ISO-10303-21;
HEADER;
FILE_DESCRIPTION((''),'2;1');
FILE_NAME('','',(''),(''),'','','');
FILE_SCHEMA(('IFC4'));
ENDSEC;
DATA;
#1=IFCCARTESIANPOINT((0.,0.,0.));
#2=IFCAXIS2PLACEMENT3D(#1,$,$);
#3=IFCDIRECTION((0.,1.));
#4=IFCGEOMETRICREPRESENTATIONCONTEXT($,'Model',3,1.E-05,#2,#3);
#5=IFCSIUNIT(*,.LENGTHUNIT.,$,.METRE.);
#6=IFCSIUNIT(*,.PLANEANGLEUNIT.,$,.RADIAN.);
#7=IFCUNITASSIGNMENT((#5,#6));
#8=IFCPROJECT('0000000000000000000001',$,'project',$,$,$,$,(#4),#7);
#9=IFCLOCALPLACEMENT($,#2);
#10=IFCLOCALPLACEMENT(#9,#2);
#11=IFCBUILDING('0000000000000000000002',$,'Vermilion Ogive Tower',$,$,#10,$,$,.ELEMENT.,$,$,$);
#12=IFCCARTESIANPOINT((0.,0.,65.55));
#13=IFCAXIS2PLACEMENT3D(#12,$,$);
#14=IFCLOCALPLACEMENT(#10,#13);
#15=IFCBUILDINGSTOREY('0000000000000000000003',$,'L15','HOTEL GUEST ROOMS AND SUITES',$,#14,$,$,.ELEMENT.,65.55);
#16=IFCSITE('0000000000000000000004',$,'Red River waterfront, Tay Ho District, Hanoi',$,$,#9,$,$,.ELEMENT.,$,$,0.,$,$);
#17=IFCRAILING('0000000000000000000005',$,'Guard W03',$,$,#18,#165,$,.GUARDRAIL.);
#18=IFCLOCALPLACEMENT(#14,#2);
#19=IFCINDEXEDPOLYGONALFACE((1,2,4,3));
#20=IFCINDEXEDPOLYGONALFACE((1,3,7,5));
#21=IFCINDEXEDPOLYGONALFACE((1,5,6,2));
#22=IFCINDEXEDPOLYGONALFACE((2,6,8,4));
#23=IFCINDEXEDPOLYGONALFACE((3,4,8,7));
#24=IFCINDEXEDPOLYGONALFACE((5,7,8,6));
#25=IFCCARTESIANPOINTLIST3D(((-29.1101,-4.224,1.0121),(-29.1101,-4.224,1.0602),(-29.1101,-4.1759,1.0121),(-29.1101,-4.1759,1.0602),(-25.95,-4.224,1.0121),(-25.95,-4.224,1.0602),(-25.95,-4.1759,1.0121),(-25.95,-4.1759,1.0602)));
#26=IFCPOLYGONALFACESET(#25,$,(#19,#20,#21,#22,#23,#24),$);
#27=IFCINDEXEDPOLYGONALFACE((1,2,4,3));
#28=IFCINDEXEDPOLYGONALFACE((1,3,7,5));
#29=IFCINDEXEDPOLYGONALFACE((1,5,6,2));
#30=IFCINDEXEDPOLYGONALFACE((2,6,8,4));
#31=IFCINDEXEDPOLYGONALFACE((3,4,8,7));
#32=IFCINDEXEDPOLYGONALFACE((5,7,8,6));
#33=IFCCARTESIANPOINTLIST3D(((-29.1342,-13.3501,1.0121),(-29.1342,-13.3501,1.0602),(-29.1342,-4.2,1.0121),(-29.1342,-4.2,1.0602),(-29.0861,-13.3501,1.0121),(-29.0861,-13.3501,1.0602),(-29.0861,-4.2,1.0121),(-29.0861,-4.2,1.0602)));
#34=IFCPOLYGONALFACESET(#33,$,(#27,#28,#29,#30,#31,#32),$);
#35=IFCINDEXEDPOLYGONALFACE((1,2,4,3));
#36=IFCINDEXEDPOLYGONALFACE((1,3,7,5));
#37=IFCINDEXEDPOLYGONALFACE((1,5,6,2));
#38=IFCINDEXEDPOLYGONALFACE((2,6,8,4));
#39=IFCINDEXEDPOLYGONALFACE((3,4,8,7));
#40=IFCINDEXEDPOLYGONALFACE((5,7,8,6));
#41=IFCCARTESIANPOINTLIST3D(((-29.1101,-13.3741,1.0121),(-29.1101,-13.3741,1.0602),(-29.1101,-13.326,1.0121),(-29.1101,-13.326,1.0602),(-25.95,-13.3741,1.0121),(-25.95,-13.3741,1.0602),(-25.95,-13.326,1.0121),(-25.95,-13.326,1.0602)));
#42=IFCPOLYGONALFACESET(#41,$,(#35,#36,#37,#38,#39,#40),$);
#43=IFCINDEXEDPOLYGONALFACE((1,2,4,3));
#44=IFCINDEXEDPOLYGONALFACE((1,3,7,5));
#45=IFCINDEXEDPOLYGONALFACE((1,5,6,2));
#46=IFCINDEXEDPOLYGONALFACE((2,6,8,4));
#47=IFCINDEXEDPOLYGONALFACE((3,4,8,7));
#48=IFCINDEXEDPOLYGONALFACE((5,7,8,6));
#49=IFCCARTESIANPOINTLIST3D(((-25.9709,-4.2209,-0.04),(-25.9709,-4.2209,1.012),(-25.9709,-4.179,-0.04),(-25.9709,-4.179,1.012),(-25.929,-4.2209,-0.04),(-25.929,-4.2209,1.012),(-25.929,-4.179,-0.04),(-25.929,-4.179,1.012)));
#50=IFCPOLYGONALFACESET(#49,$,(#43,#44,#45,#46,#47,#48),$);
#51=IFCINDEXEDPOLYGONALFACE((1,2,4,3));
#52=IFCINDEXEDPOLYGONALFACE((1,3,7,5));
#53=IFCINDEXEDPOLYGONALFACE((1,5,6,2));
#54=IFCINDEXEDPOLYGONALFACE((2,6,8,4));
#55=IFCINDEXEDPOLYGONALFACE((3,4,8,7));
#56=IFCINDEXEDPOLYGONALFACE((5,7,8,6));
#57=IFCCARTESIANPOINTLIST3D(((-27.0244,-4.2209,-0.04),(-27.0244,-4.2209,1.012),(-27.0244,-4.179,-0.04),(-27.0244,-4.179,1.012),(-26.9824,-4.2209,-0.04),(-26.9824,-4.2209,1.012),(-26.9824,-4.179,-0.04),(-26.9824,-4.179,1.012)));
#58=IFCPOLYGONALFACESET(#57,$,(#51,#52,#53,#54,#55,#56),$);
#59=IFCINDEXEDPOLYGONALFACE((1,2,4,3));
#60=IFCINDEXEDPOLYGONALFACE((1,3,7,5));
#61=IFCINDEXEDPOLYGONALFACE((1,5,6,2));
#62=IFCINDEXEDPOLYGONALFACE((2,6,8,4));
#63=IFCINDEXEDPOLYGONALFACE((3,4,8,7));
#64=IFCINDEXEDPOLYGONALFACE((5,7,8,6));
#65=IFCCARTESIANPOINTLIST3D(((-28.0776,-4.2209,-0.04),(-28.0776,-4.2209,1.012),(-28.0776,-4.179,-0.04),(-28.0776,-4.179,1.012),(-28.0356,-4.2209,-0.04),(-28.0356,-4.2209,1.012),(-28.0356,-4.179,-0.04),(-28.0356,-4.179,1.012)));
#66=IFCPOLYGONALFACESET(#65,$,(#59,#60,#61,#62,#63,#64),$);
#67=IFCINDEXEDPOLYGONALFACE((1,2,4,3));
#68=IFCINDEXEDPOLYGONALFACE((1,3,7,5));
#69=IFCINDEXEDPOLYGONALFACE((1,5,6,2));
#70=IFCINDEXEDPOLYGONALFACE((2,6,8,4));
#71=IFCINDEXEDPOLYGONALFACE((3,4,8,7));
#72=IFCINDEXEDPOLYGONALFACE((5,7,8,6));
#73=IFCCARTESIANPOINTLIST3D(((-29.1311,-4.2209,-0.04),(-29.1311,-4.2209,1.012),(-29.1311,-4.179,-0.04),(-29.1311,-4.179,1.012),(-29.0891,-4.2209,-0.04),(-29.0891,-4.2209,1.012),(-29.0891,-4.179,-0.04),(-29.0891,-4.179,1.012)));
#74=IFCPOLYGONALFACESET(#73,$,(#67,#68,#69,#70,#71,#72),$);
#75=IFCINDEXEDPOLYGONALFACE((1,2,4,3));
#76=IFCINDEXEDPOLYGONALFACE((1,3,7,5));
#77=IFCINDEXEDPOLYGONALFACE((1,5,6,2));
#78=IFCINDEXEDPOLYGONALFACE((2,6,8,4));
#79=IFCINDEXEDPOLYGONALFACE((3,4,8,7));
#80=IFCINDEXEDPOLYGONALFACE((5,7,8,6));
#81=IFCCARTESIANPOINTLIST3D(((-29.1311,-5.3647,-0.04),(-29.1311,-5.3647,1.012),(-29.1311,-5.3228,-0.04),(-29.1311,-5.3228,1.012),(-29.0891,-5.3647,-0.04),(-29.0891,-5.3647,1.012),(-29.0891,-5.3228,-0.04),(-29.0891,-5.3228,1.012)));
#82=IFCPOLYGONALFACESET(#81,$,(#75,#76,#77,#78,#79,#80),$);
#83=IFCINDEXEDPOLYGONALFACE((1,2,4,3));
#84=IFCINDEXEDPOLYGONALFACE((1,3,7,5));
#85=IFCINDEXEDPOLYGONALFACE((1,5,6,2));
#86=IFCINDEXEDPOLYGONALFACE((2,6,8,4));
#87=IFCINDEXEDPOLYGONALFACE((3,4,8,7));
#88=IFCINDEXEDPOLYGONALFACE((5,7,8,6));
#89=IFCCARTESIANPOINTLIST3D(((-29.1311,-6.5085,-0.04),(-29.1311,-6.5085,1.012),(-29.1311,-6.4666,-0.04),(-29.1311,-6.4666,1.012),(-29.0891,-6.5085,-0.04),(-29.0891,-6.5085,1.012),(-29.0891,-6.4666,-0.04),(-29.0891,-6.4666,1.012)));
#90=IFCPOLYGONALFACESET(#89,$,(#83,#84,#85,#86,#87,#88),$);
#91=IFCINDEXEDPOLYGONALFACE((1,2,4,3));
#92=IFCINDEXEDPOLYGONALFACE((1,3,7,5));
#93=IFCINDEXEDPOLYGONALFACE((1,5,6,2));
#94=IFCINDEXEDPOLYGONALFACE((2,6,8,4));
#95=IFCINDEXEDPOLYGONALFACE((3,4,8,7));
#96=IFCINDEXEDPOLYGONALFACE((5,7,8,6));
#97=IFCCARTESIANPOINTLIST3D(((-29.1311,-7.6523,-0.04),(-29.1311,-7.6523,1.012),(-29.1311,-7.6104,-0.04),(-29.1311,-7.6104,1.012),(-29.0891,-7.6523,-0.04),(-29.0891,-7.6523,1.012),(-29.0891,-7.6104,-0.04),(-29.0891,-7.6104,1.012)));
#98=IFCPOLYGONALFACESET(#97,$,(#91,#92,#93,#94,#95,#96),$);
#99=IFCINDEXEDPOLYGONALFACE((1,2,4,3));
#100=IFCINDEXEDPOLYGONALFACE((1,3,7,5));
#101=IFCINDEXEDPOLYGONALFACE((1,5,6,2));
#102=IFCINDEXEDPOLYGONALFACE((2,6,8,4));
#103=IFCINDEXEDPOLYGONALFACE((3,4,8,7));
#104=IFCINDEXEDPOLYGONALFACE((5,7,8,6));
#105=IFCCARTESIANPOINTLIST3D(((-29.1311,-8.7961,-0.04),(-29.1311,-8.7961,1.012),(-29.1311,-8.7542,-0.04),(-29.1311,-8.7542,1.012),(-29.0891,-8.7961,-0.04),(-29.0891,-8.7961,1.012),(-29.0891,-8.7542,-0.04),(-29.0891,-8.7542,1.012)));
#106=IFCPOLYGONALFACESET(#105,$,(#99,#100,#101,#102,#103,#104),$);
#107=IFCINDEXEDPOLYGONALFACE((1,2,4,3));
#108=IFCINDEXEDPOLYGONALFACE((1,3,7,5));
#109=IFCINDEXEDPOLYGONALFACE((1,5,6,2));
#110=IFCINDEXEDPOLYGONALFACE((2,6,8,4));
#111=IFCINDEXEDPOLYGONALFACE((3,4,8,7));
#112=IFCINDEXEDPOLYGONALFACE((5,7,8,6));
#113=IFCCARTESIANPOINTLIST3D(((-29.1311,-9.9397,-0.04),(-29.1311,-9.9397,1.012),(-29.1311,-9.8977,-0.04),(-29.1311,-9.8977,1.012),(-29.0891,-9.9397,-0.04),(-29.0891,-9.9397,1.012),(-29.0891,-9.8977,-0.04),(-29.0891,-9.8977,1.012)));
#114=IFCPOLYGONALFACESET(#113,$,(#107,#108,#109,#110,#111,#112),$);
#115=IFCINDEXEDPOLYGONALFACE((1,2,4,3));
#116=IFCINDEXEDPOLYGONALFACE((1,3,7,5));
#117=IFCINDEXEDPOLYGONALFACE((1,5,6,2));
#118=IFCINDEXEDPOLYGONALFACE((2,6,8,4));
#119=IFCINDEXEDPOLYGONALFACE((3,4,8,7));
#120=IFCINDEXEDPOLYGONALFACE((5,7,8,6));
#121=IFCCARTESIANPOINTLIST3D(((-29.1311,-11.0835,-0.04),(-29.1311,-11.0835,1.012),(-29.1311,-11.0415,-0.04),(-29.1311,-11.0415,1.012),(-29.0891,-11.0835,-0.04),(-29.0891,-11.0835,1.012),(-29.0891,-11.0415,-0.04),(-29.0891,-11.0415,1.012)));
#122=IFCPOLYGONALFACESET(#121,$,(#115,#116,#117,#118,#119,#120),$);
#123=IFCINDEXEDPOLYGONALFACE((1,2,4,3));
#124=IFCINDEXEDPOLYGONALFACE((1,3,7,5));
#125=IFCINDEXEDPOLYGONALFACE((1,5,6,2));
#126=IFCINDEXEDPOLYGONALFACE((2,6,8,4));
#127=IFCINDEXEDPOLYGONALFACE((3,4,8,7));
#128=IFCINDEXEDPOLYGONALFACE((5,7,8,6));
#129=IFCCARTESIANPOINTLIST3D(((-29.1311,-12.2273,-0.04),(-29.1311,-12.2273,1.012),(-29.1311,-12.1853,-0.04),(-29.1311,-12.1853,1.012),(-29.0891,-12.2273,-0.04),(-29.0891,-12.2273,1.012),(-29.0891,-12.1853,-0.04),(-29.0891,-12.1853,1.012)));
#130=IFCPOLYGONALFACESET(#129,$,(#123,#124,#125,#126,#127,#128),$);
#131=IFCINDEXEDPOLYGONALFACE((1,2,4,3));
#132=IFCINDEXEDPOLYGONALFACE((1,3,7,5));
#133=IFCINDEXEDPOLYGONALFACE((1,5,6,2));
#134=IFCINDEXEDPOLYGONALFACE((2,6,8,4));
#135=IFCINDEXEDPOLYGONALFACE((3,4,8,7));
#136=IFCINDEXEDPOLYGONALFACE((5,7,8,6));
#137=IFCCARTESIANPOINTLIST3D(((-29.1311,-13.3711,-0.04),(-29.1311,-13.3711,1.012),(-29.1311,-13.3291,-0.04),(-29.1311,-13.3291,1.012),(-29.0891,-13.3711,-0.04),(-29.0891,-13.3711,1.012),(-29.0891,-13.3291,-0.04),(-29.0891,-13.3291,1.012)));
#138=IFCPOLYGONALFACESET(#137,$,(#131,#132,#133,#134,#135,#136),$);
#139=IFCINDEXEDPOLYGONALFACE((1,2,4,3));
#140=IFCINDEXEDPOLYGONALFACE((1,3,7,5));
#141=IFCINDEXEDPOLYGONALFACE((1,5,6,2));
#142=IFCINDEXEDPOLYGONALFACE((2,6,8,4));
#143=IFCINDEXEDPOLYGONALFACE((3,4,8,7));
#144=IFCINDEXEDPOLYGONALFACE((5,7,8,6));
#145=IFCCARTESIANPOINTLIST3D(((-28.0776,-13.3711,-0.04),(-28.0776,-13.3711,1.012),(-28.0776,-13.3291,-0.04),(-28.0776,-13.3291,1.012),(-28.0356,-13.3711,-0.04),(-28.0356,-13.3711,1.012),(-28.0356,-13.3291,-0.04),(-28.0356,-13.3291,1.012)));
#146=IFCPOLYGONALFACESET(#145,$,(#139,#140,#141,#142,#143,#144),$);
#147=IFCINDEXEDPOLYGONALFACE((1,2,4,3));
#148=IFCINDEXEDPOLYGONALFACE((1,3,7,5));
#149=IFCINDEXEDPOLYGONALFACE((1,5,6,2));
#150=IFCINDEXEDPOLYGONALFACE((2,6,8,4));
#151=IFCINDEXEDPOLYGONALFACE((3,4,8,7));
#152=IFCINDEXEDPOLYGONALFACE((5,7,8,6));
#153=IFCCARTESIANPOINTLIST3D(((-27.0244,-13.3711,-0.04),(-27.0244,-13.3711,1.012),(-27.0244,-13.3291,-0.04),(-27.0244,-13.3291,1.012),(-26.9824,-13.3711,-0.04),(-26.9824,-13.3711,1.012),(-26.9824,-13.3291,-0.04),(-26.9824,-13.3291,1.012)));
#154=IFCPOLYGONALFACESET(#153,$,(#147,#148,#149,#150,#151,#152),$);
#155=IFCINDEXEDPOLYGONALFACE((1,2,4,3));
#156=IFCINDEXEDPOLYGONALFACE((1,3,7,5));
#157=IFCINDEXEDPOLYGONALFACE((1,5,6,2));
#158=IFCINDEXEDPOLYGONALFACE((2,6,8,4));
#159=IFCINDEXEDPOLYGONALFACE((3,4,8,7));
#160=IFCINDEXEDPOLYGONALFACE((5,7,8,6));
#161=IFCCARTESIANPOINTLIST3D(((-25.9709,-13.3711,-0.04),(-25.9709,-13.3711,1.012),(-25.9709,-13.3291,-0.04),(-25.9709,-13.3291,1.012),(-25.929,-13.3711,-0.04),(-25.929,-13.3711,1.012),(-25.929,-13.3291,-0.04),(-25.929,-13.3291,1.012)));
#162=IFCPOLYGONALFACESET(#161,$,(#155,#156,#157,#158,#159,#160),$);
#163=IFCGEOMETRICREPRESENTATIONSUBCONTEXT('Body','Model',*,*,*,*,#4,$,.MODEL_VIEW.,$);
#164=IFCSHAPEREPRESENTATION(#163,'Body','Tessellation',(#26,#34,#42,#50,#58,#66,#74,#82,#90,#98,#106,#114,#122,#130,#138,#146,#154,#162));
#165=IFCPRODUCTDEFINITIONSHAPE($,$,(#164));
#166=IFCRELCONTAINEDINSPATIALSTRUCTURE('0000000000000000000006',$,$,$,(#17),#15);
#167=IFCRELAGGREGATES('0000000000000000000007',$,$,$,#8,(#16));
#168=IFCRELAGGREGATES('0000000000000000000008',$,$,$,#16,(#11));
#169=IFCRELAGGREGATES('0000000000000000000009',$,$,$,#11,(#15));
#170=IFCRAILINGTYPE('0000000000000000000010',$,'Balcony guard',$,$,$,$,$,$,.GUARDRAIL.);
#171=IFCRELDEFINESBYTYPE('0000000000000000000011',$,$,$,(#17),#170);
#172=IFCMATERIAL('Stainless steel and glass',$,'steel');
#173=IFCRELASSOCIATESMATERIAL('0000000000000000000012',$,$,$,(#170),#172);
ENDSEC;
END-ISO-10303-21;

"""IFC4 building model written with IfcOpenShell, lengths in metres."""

from ifc_helpers import new_model, si_unit, direction, frame, origin, origin_2d, place, context, subcontext, project, spatial, rectangle, extrude, material, type_object, element, save


model = new_model("IFC4")

# Units and contexts
model_context = context("Model", 3, precision=1e-05, world=origin(), true_north=direction((0.0, 1.0)))
body_context = subcontext(model_context, "Body", "Model", "MODEL_VIEW")
ifc_project = project(units=[si_unit("LENGTHUNIT", "METRE"), si_unit("PLANEANGLEUNIT", "RADIAN")], contexts=[model_context])

# Site, building, storey
site_placement = place(None, origin())
site = spatial("IfcSite", under=ifc_project, at=site_placement, Name="Red River waterfront, Tay Ho District, Hanoi", CompositionType="ELEMENT", RefElevation=0.0)
building_placement = place(site_placement, origin())
building = spatial("IfcBuilding", under=site, at=building_placement, Name="Vermilion Ogive Tower", CompositionType="ELEMENT")
storey_placement = place(building_placement, frame((0.0, 0.0, 65.55)))
storey = spatial("IfcBuildingStorey", under=building, at=storey_placement, Name="L15", Description="HOTEL GUEST ROOMS AND SUITES", CompositionType="ELEMENT", Elevation=65.55)

# Railing
ifc_material_1 = material(Name="Stainless steel and glass", Category="steel")
railing_type = type_object("IfcRailingType", Name="Balcony guard", PredefinedType="GUARDRAIL", material=ifc_material_1)
railing_placement = place(storey_placement, frame((-25.95, -4.2, -0.04)))
element("IfcRailing", 1, at=railing_placement, inside=storey, type_object=railing_type, Name="Guard W03", PredefinedType="GUARDRAIL", context=body_context, shape_type="SweptSolid", body=[
    extrude(rectangle(XDim=0.0481, YDim=0.0481, at=origin_2d()), frame((0.0, 0.0, 1.0762), z_axis=(-1.0, 0.0, 0.0), x_axis=(0.0, -1.0, 0.0)), (0.0, 0.0, 1.0), 3.1602),
    extrude(rectangle(XDim=0.0481, YDim=0.0481, at=origin_2d()), frame((-3.1602, 0.0, 1.0762), z_axis=(0.0, -1.0, 0.0), x_axis=(1.0, 0.0, 0.0)), (0.0, 0.0, 1.0), 9.1501),
    extrude(rectangle(XDim=0.0481, YDim=0.0481, at=origin_2d()), frame((-3.1602, -9.1501, 1.0762), z_axis=(1.0, 0.0, 0.0), x_axis=(0.0, 1.0, 0.0)), (0.0, 0.0, 1.0), 3.1602),
    extrude(rectangle(XDim=0.042, YDim=0.042, at=origin_2d()), origin(), (0.0, 0.0, 1.0), 1.052),
    extrude(rectangle(XDim=0.042, YDim=0.042, at=origin_2d()), frame((-1.0535, 0.0, 0.0)), (0.0, 0.0, 1.0), 1.052),
    extrude(rectangle(XDim=0.042, YDim=0.042, at=origin_2d()), frame((-2.1067, 0.0, 0.0)), (0.0, 0.0, 1.0), 1.052),
    extrude(rectangle(XDim=0.042, YDim=0.042, at=origin_2d()), frame((-3.1602, 0.0, 0.0)), (0.0, 0.0, 1.0), 1.052),
    extrude(rectangle(XDim=0.042, YDim=0.042, at=origin_2d()), frame((-3.1602, -1.1438, 0.0)), (0.0, 0.0, 1.0), 1.052),
    extrude(rectangle(XDim=0.042, YDim=0.042, at=origin_2d()), frame((-3.1602, -2.2876, 0.0)), (0.0, 0.0, 1.0), 1.052),
    extrude(rectangle(XDim=0.042, YDim=0.042, at=origin_2d()), frame((-3.1602, -3.4314, 0.0)), (0.0, 0.0, 1.0), 1.052),
    extrude(rectangle(XDim=0.042, YDim=0.042, at=origin_2d()), frame((-3.1602, -4.5752, 0.0)), (0.0, 0.0, 1.0), 1.052),
    extrude(rectangle(XDim=0.042, YDim=0.042, at=origin_2d()), frame((-3.1602, -5.7188, 0.0)), (0.0, 0.0, 1.0), 1.052),
    extrude(rectangle(XDim=0.042, YDim=0.042, at=origin_2d()), frame((-3.1602, -6.8625, 0.0)), (0.0, 0.0, 1.0), 1.052),
    extrude(rectangle(XDim=0.042, YDim=0.042, at=origin_2d()), frame((-3.1602, -8.0063, 0.0)), (0.0, 0.0, 1.0), 1.052),
    extrude(rectangle(XDim=0.042, YDim=0.042, at=origin_2d()), frame((-3.1602, -9.1501, 0.0)), (0.0, 0.0, 1.0), 1.052),
    extrude(rectangle(XDim=0.042, YDim=0.042, at=origin_2d()), frame((-2.1067, -9.1501, 0.0)), (0.0, 0.0, 1.0), 1.052),
    extrude(rectangle(XDim=0.042, YDim=0.042, at=origin_2d()), frame((-1.0535, -9.1501, 0.0)), (0.0, 0.0, 1.0), 1.052),
    extrude(rectangle(XDim=0.042, YDim=0.042, at=origin_2d()), frame((0.0, -9.1501, 0.0)), (0.0, 0.0, 1.0), 1.052),
])

save(model, "model.ifc")
